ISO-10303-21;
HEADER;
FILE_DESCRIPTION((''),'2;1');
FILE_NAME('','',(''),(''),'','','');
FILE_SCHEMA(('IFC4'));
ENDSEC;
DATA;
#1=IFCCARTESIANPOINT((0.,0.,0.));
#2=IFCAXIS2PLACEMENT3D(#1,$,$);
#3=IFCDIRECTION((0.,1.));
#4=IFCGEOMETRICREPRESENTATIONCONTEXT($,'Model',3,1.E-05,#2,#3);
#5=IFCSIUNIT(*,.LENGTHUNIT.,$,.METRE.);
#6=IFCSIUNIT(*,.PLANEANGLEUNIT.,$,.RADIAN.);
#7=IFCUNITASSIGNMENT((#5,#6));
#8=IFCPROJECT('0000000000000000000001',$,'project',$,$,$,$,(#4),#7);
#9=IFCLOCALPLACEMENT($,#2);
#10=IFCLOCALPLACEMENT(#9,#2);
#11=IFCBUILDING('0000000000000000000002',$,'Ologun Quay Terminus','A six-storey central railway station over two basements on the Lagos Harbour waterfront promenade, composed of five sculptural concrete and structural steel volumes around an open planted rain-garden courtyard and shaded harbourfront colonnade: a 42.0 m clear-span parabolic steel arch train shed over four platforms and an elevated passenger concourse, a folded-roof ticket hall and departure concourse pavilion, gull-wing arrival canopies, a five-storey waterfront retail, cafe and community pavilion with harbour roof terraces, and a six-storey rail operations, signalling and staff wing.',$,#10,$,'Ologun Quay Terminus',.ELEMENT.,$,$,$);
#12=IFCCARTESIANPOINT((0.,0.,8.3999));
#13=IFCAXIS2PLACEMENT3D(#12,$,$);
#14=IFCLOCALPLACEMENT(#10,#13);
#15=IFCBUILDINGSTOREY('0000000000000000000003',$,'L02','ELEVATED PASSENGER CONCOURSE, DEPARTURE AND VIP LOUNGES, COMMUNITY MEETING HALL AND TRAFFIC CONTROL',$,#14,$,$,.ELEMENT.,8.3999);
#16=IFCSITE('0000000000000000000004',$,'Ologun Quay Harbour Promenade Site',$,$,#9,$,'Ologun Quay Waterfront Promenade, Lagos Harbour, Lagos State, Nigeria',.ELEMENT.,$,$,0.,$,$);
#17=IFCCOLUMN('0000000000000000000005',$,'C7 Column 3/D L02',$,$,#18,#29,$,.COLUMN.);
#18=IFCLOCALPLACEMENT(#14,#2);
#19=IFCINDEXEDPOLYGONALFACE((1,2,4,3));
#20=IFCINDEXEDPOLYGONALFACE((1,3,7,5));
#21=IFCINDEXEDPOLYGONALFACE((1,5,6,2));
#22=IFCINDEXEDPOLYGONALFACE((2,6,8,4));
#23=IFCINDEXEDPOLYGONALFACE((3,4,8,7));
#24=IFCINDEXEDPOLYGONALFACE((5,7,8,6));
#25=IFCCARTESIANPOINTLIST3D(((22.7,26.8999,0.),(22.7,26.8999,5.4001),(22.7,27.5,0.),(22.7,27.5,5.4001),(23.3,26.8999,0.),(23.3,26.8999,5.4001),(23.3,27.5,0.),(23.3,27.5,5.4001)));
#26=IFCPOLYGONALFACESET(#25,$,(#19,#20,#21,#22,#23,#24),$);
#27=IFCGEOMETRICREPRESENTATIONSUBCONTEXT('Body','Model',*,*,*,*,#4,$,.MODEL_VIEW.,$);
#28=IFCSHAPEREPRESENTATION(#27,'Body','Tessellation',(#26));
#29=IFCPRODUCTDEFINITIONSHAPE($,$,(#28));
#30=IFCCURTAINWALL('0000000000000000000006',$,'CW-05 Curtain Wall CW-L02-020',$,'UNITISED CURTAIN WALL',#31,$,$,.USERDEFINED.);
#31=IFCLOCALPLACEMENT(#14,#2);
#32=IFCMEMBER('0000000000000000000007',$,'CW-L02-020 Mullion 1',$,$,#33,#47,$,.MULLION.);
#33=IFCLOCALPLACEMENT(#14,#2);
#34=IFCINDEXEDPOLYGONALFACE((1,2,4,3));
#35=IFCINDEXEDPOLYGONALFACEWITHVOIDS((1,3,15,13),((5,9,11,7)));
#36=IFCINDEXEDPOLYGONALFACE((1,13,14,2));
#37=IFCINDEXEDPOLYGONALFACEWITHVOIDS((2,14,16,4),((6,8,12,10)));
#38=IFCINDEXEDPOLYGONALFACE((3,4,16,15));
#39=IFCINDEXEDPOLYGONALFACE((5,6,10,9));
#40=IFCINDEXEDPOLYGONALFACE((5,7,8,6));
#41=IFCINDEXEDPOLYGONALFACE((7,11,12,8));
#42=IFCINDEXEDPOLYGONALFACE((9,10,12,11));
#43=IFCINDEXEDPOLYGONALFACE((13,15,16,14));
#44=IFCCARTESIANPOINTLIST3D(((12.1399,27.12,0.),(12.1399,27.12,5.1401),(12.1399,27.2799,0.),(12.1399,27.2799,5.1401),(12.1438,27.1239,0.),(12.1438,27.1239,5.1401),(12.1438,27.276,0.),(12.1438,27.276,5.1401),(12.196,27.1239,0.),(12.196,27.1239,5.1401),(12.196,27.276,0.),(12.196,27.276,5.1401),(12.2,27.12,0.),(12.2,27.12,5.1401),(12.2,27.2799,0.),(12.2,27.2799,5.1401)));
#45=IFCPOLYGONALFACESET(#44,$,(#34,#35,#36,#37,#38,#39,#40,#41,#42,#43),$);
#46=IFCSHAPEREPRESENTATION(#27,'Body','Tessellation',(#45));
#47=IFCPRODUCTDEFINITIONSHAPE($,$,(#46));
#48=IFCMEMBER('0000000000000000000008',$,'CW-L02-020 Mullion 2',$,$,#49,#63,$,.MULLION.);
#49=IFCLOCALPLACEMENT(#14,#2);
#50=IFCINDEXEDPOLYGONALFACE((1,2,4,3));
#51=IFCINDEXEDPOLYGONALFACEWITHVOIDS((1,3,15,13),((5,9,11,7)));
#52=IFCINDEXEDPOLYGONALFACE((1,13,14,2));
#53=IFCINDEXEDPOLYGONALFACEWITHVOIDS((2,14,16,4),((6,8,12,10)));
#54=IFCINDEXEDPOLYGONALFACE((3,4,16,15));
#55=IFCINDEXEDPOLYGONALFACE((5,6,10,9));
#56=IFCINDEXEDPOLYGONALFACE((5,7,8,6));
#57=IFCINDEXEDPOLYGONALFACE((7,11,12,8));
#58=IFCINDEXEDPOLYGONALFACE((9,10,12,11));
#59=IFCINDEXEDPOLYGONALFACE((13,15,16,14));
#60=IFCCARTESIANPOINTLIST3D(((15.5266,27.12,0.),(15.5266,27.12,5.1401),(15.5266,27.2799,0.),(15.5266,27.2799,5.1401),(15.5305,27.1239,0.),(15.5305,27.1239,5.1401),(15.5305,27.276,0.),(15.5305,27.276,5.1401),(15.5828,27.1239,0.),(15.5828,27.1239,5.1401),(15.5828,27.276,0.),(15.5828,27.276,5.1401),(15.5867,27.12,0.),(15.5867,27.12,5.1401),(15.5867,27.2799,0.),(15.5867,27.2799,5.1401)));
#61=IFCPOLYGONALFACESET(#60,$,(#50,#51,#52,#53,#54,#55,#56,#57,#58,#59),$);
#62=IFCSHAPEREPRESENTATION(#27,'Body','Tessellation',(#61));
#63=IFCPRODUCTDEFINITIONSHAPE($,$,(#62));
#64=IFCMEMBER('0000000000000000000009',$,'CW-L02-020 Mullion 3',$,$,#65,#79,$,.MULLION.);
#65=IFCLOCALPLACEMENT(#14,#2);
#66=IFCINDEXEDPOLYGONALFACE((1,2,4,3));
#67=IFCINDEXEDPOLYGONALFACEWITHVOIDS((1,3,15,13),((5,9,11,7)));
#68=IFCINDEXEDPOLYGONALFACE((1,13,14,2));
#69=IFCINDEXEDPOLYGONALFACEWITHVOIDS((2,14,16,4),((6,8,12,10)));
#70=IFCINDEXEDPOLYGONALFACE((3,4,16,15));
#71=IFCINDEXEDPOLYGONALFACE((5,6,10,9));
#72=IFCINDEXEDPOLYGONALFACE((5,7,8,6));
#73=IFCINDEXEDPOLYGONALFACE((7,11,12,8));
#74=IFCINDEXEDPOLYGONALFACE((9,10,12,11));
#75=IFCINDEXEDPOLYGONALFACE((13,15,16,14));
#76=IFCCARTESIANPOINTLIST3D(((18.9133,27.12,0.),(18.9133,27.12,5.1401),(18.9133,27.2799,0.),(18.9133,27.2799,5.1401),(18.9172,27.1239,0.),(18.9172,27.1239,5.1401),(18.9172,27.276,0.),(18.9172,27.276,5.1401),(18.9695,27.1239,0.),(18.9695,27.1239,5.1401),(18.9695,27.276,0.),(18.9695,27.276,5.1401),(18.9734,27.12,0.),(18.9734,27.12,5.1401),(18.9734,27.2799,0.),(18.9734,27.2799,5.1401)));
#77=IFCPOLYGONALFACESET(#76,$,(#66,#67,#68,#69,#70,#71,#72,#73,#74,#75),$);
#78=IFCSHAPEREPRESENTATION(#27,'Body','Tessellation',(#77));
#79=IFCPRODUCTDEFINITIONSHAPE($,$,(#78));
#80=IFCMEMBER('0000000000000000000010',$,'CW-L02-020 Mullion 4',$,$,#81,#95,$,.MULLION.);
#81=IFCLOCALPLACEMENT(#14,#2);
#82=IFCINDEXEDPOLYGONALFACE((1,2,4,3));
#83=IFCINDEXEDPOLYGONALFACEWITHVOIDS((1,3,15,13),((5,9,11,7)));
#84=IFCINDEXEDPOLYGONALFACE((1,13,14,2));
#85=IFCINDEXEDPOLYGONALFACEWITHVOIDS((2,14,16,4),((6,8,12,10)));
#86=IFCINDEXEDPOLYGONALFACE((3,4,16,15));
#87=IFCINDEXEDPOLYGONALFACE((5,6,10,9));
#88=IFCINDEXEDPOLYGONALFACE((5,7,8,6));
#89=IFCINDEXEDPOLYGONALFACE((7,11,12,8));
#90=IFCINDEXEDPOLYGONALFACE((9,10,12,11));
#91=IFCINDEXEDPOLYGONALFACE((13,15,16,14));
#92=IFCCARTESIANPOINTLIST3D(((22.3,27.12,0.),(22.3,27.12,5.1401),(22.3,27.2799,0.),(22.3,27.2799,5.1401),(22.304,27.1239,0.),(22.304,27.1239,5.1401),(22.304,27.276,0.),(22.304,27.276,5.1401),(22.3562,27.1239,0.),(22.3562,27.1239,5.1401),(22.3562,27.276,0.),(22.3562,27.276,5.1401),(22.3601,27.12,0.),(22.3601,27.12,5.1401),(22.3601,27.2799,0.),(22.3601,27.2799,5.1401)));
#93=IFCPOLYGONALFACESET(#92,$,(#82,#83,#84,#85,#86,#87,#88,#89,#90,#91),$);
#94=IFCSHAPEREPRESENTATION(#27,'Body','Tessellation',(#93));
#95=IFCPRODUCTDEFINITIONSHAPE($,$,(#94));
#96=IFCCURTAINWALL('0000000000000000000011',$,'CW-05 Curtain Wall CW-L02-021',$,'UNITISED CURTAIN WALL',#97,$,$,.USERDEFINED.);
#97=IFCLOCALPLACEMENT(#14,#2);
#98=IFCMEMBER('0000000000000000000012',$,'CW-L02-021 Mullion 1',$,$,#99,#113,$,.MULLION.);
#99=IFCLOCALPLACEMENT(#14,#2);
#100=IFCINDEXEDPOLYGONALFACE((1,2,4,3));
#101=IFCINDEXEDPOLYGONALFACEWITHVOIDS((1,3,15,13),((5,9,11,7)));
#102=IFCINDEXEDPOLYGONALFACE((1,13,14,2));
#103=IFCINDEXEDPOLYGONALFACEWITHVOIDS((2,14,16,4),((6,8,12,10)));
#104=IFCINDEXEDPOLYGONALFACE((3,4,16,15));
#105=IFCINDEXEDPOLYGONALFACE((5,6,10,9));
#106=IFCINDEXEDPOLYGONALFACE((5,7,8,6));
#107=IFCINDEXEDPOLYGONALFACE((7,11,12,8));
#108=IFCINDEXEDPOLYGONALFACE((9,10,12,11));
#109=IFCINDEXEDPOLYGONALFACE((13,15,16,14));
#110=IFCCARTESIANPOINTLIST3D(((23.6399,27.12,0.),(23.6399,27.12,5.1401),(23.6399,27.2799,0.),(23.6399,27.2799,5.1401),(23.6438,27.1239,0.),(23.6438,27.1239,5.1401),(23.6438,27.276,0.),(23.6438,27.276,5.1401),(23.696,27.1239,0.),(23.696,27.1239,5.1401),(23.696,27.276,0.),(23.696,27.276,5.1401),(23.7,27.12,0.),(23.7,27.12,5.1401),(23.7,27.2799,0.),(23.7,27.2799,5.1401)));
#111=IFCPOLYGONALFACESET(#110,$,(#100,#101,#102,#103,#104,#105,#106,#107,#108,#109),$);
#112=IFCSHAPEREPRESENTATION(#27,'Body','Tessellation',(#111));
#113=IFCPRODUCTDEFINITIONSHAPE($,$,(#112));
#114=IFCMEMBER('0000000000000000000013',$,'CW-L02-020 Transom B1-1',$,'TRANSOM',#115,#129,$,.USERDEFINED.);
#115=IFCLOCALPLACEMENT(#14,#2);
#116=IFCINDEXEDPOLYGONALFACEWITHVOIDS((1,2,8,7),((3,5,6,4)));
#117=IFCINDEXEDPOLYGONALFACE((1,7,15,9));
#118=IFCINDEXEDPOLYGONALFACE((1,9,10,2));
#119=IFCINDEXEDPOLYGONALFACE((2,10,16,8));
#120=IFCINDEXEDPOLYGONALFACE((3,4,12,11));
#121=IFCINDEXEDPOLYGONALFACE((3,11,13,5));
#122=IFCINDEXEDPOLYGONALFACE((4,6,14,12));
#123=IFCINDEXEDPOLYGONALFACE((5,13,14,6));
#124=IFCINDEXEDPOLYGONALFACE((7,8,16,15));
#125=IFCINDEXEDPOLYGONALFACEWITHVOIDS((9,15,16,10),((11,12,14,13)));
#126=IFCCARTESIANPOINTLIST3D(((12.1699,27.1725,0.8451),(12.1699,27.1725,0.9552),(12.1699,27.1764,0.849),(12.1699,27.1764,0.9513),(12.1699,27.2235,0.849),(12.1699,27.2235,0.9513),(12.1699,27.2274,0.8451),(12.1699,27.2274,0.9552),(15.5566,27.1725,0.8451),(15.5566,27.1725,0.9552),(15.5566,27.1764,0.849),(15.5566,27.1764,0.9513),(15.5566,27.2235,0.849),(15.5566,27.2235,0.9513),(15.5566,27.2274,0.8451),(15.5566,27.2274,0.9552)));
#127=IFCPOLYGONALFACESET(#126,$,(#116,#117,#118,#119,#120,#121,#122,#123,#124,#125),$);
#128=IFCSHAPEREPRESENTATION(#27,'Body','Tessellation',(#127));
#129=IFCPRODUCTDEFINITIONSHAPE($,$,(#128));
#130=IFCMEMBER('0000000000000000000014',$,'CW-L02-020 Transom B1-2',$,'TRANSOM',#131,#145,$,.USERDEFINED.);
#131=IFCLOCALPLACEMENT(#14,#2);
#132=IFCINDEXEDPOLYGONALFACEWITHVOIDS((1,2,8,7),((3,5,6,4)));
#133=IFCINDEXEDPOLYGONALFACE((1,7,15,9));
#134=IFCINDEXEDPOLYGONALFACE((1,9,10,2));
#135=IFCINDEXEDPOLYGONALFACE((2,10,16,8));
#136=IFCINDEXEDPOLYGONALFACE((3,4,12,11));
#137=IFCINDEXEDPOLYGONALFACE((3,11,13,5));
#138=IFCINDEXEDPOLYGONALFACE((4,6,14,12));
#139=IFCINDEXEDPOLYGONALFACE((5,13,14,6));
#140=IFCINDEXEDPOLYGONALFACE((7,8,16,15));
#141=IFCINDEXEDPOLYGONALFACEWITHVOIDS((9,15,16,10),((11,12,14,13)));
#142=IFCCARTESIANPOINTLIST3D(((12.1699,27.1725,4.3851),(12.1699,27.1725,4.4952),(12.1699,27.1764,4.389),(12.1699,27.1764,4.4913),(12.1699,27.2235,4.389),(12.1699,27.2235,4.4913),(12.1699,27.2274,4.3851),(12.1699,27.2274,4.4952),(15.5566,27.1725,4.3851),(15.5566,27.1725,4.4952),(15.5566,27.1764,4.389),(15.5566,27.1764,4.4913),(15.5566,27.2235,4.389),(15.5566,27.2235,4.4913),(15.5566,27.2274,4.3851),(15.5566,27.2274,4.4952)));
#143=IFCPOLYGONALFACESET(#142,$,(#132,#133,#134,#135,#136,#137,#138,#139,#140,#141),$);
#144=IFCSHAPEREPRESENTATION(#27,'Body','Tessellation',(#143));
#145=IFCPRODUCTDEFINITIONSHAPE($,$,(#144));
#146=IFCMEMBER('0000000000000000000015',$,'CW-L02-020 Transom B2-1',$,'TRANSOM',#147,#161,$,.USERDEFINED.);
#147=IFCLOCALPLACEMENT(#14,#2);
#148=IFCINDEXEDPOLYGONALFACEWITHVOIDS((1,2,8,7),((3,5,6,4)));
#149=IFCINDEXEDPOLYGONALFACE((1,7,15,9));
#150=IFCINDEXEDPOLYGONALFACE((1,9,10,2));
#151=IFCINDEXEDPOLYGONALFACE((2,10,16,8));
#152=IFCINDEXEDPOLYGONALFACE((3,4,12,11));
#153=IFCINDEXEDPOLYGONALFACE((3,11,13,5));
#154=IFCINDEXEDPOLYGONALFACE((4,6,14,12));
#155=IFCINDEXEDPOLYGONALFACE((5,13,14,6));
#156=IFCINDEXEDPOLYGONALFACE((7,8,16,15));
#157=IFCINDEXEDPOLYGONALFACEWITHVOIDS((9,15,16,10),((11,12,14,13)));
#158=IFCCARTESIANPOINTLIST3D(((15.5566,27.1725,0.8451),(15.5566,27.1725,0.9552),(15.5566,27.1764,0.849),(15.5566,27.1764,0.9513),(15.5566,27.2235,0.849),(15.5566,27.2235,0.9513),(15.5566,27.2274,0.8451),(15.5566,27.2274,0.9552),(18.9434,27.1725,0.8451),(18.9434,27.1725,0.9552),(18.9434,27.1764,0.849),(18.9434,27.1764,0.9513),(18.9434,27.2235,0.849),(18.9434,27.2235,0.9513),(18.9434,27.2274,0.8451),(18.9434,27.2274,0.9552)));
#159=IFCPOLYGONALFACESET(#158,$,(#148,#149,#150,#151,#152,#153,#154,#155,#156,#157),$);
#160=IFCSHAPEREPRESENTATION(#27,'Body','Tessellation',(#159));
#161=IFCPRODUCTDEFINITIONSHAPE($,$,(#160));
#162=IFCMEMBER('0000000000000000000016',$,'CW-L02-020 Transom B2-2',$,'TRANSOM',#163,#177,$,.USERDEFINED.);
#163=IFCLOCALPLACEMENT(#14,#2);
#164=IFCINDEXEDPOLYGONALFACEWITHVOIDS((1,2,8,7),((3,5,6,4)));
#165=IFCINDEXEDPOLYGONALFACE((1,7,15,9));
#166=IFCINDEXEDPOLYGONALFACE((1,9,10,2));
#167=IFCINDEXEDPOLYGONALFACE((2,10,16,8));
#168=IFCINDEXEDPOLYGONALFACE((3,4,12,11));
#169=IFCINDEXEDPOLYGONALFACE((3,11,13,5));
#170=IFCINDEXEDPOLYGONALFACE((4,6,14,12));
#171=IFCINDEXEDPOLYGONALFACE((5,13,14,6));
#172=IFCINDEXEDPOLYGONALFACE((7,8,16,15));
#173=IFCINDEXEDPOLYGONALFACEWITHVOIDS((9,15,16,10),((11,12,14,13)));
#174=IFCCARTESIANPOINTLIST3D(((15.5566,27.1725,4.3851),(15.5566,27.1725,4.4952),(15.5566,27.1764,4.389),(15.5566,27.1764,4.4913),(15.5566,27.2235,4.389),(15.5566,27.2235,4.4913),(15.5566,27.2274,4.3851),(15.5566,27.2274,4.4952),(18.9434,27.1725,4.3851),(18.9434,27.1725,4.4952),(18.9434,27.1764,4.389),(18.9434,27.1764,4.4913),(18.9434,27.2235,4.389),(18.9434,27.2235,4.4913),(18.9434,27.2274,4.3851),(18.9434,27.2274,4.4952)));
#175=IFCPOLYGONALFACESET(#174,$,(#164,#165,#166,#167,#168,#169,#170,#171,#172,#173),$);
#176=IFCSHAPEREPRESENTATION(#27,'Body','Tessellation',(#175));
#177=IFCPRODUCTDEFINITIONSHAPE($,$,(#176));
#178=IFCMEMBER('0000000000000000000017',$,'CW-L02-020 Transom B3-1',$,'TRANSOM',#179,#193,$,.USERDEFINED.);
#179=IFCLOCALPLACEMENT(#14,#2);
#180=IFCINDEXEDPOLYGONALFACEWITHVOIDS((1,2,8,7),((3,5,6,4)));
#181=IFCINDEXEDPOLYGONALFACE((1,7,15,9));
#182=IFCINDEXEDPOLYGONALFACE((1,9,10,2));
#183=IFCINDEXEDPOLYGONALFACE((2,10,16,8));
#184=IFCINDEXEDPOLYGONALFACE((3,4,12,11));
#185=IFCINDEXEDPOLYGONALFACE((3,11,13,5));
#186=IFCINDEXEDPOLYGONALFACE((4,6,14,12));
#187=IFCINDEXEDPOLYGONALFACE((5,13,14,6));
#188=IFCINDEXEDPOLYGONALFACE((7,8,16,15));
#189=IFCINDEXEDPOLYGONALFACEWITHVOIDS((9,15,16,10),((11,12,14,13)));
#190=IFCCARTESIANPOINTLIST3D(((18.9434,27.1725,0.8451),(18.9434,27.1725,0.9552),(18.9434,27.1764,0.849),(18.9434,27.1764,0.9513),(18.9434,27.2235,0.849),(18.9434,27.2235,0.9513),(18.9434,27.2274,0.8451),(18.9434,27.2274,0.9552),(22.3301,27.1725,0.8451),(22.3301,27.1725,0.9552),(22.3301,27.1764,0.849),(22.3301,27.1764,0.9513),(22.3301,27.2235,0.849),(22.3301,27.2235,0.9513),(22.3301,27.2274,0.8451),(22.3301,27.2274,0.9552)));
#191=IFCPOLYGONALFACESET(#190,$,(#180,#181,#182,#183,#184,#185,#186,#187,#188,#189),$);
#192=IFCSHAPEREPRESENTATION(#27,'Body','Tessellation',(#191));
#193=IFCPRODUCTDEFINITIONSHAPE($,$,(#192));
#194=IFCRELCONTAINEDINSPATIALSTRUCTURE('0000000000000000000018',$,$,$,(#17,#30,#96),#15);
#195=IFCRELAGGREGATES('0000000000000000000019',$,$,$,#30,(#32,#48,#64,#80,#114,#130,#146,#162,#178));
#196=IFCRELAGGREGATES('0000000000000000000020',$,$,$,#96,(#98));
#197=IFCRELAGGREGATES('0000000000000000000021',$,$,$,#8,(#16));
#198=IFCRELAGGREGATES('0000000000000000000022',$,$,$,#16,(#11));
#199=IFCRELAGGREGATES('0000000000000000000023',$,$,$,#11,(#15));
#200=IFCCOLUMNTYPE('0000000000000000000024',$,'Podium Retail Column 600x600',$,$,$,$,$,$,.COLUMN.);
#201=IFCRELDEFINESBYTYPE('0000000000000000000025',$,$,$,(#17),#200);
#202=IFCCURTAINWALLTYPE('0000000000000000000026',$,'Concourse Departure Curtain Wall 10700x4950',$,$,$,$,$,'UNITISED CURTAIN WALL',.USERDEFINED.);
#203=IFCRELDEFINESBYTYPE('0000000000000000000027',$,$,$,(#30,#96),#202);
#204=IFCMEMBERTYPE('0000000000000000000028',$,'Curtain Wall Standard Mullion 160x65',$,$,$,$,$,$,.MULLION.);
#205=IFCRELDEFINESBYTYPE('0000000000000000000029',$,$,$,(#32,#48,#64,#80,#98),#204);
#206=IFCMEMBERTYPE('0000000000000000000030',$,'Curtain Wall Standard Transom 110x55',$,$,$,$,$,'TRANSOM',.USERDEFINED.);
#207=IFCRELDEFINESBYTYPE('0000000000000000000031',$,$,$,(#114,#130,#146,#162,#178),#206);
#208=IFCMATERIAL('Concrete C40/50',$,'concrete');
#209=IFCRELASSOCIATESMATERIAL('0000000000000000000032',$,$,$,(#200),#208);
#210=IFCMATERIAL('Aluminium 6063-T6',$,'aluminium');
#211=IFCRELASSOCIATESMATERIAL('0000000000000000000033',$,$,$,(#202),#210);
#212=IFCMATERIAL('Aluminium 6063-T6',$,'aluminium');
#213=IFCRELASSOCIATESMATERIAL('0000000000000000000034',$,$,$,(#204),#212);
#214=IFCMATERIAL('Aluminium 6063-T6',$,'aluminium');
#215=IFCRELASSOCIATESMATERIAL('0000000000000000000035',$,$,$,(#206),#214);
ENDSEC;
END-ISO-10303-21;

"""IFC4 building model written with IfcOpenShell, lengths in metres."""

from ifc_helpers import new_model, si_unit, direction, frame, origin, origin_2d, place, context, subcontext, project, spatial, rectangle, hollow_rectangle, extrude, material, material_profile, profile_set, type_object, element, aggregate, save


model = new_model("IFC4")

# Units and contexts
model_context = context("Model", 3, precision=1e-05, world=origin(), true_north=direction((0.0, 1.0)))
body_context = subcontext(model_context, "Body", "Model", "MODEL_VIEW")
ifc_project = project(units=[si_unit("LENGTHUNIT", "METRE"), si_unit("PLANEANGLEUNIT", "RADIAN")], contexts=[model_context])

# Site, building, storey
site_placement = place(None, origin())
site = spatial("IfcSite", under=ifc_project, at=site_placement, Name="Ologun Quay Harbour Promenade Site", LongName="Ologun Quay Waterfront Promenade, Lagos Harbour, Lagos State, Nigeria", CompositionType="ELEMENT", RefElevation=0.0)
building_placement = place(site_placement, origin())
building = spatial("IfcBuilding", under=site, at=building_placement, Name="Ologun Quay Terminus", Description="A six-storey central railway station over two basements on the Lagos Harbour waterfront promenade, composed of five sculptural concrete and structural steel volumes around an open planted rain-garden courtyard and shaded harbourfront colonnade: a 42.0 m clear-span parabolic steel arch train shed over four platforms and an elevated passenger concourse, a folded-roof ticket hall and departure concourse pavilion, gull-wing arrival canopies, a five-storey waterfront retail, cafe and community pavilion with harbour roof terraces, and a six-storey rail operations, signalling and staff wing.", LongName="Ologun Quay Terminus", CompositionType="ELEMENT")
storey_placement = place(building_placement, frame((0.0, 0.0, 8.3999)))
storey = spatial("IfcBuildingStorey", under=building, at=storey_placement, Name="L02", Description="ELEVATED PASSENGER CONCOURSE, DEPARTURE AND VIP LOUNGES, COMMUNITY MEETING HALL AND TRAFFIC CONTROL", CompositionType="ELEMENT", Elevation=8.3999)

# Column
ifc_material_1 = material(Name="Concrete C40/50", Category="concrete")
ifc_material_profile_1 = material_profile(ifc_material_1, rectangle(XDim=0.6001, YDim=0.6001, at=origin_2d()), Name="RC 600x600")
ifc_profile_set_1 = profile_set([ifc_material_profile_1], Name="Concrete C40/50")
column_type = type_object("IfcColumnType", Name="Podium Retail Column 600x600", PredefinedType="COLUMN", material=ifc_profile_set_1)
column_placement = place(storey_placement, frame((23.0, 27.2, 0.0), z_axis=(0.0, 0.0, 1.0), x_axis=(1.0, 0.0, 0.0)))
element("IfcColumn", 1, at=column_placement, inside=storey, type_object=column_type, Name="C7 Column 3/D L02", PredefinedType="COLUMN", context=body_context, shape_type="SweptSolid", body=[
    extrude(rectangle(XDim=0.6001, YDim=0.6001, at=origin_2d()), origin(), (0.0, 0.0, 1.0), 5.4001),
])

# Curtain wall, members
ifc_material_2 = material(Name="Aluminium 6063-T6", Category="aluminium")
curtain_wall_type = type_object("IfcCurtainWallType", Name="Concourse Departure Curtain Wall 10700x4950", ElementType="UNITISED CURTAIN WALL", PredefinedType="USERDEFINED", material=ifc_material_2)
curtain_wall_1_placement = place(storey_placement, origin())
curtain_wall_1 = element("IfcCurtainWall", 2, at=curtain_wall_1_placement, inside=storey, type_object=curtain_wall_type, Name="CW-05 Curtain Wall CW-L02-020", ObjectType="UNITISED CURTAIN WALL", PredefinedType="USERDEFINED")
ifc_material_3 = material(Name="Aluminium 6063-T6", Category="aluminium")
ifc_material_profile_2 = material_profile(ifc_material_3, hollow_rectangle(XDim=0.0601, YDim=0.1599, WallThickness=0.0039, at=origin_2d()), Name="ALU 160x60x4")
ifc_profile_set_2 = profile_set([ifc_material_profile_2], Name="Aluminium 6063-T6")
member_type_1 = type_object("IfcMemberType", Name="Curtain Wall Standard Mullion 160x65", PredefinedType="MULLION", material=ifc_profile_set_2)
member_1_placement = place(storey_placement, frame((12.1699, 27.2, 0.0), z_axis=(0.0, 0.0, 1.0), x_axis=(1.0, 0.0, 0.0)))
member_1 = element("IfcMember", 3, at=member_1_placement, type_object=member_type_1, Name="CW-L02-020 Mullion 1", PredefinedType="MULLION", context=body_context, shape_type="SweptSolid", body=[
    extrude(hollow_rectangle(XDim=0.0601, YDim=0.1599, WallThickness=0.0039, at=origin_2d()), origin(), (0.0, 0.0, 1.0), 5.1401),
])
member_2_placement = place(storey_placement, frame((15.5566, 27.2, 0.0), z_axis=(0.0, 0.0, 1.0), x_axis=(1.0, 0.0, 0.0)))
member_2 = element("IfcMember", 4, at=member_2_placement, type_object=member_type_1, Name="CW-L02-020 Mullion 2", PredefinedType="MULLION", context=body_context, shape_type="SweptSolid", body=[
    extrude(hollow_rectangle(XDim=0.0601, YDim=0.1599, WallThickness=0.0039, at=origin_2d()), origin(), (0.0, 0.0, 1.0), 5.1401),
])
member_3_placement = place(storey_placement, frame((18.9434, 27.2, 0.0), z_axis=(0.0, 0.0, 1.0), x_axis=(1.0, 0.0, 0.0)))
member_3 = element("IfcMember", 5, at=member_3_placement, type_object=member_type_1, Name="CW-L02-020 Mullion 3", PredefinedType="MULLION", context=body_context, shape_type="SweptSolid", body=[
    extrude(hollow_rectangle(XDim=0.0601, YDim=0.1599, WallThickness=0.0039, at=origin_2d()), origin(), (0.0, 0.0, 1.0), 5.1401),
])
member_4_placement = place(storey_placement, frame((22.3301, 27.2, 0.0), z_axis=(0.0, 0.0, 1.0), x_axis=(1.0, 0.0, 0.0)))
member_4 = element("IfcMember", 6, at=member_4_placement, type_object=member_type_1, Name="CW-L02-020 Mullion 4", PredefinedType="MULLION", context=body_context, shape_type="SweptSolid", body=[
    extrude(hollow_rectangle(XDim=0.0601, YDim=0.1599, WallThickness=0.0039, at=origin_2d()), origin(), (0.0, 0.0, 1.0), 5.1401),
])

# Curtain wall, member
curtain_wall_2_placement = place(storey_placement, origin())
curtain_wall_2 = element("IfcCurtainWall", 7, at=curtain_wall_2_placement, inside=storey, type_object=curtain_wall_type, Name="CW-05 Curtain Wall CW-L02-021", ObjectType="UNITISED CURTAIN WALL", PredefinedType="USERDEFINED")
member_5_placement = place(storey_placement, frame((23.6699, 27.2, 0.0), z_axis=(0.0, 0.0, 1.0), x_axis=(1.0, 0.0, 0.0)))
member_5 = element("IfcMember", 8, at=member_5_placement, type_object=member_type_1, Name="CW-L02-021 Mullion 1", PredefinedType="MULLION", context=body_context, shape_type="SweptSolid", body=[
    extrude(hollow_rectangle(XDim=0.0601, YDim=0.1599, WallThickness=0.0039, at=origin_2d()), origin(), (0.0, 0.0, 1.0), 5.1401),
])

# Members
ifc_material_4 = material(Name="Aluminium 6063-T6", Category="aluminium")
ifc_material_profile_3 = material_profile(ifc_material_4, hollow_rectangle(XDim=0.0549, YDim=0.1101, WallThickness=0.0039, at=origin_2d()), Name="ALU 110x55x4")
ifc_profile_set_3 = profile_set([ifc_material_profile_3], Name="Aluminium 6063-T6")
member_type_2 = type_object("IfcMemberType", Name="Curtain Wall Standard Transom 110x55", ElementType="TRANSOM", PredefinedType="USERDEFINED", material=ifc_profile_set_3)
member_6_placement = place(storey_placement, frame((12.1699, 27.2, 0.9001), z_axis=(1.0, 0.0, 0.0), x_axis=(0.0, 1.0, 0.0)))
member_6 = element("IfcMember", 9, at=member_6_placement, type_object=member_type_2, Name="CW-L02-020 Transom B1-1", ObjectType="TRANSOM", PredefinedType="USERDEFINED", context=body_context, shape_type="SweptSolid", body=[
    extrude(hollow_rectangle(XDim=0.0549, YDim=0.1101, WallThickness=0.0039, at=origin_2d()), origin(), (0.0, 0.0, 1.0), 3.3867),
])
member_7_placement = place(storey_placement, frame((12.1699, 27.2, 4.4402), z_axis=(1.0, 0.0, 0.0), x_axis=(0.0, 1.0, 0.0)))
member_7 = element("IfcMember", 10, at=member_7_placement, type_object=member_type_2, Name="CW-L02-020 Transom B1-2", ObjectType="TRANSOM", PredefinedType="USERDEFINED", context=body_context, shape_type="SweptSolid", body=[
    extrude(hollow_rectangle(XDim=0.0549, YDim=0.1101, WallThickness=0.0039, at=origin_2d()), origin(), (0.0, 0.0, 1.0), 3.3867),
])
member_8_placement = place(storey_placement, frame((15.5566, 27.2, 0.9001), z_axis=(1.0, 0.0, 0.0), x_axis=(0.0, 1.0, 0.0)))
member_8 = element("IfcMember", 11, at=member_8_placement, type_object=member_type_2, Name="CW-L02-020 Transom B2-1", ObjectType="TRANSOM", PredefinedType="USERDEFINED", context=body_context, shape_type="SweptSolid", body=[
    extrude(hollow_rectangle(XDim=0.0549, YDim=0.1101, WallThickness=0.0039, at=origin_2d()), origin(), (0.0, 0.0, 1.0), 3.3867),
])
member_9_placement = place(storey_placement, frame((15.5566, 27.2, 4.4402), z_axis=(1.0, 0.0, 0.0), x_axis=(0.0, 1.0, 0.0)))
member_9 = element("IfcMember", 12, at=member_9_placement, type_object=member_type_2, Name="CW-L02-020 Transom B2-2", ObjectType="TRANSOM", PredefinedType="USERDEFINED", context=body_context, shape_type="SweptSolid", body=[
    extrude(hollow_rectangle(XDim=0.0549, YDim=0.1101, WallThickness=0.0039, at=origin_2d()), origin(), (0.0, 0.0, 1.0), 3.3867),
])
member_10_placement = place(storey_placement, frame((18.9434, 27.2, 0.9001), z_axis=(1.0, 0.0, 0.0), x_axis=(0.0, 1.0, 0.0)))
member_10 = element("IfcMember", 13, at=member_10_placement, type_object=member_type_2, Name="CW-L02-020 Transom B3-1", ObjectType="TRANSOM", PredefinedType="USERDEFINED", context=body_context, shape_type="SweptSolid", body=[
    extrude(hollow_rectangle(XDim=0.0549, YDim=0.1101, WallThickness=0.0039, at=origin_2d()), origin(), (0.0, 0.0, 1.0), 3.3867),
])

aggregate(curtain_wall_1, [member_1, member_2, member_3, member_4, member_6, member_7, member_8, member_9, member_10])
aggregate(curtain_wall_2, [member_5])

save(model, "model.ifc")
